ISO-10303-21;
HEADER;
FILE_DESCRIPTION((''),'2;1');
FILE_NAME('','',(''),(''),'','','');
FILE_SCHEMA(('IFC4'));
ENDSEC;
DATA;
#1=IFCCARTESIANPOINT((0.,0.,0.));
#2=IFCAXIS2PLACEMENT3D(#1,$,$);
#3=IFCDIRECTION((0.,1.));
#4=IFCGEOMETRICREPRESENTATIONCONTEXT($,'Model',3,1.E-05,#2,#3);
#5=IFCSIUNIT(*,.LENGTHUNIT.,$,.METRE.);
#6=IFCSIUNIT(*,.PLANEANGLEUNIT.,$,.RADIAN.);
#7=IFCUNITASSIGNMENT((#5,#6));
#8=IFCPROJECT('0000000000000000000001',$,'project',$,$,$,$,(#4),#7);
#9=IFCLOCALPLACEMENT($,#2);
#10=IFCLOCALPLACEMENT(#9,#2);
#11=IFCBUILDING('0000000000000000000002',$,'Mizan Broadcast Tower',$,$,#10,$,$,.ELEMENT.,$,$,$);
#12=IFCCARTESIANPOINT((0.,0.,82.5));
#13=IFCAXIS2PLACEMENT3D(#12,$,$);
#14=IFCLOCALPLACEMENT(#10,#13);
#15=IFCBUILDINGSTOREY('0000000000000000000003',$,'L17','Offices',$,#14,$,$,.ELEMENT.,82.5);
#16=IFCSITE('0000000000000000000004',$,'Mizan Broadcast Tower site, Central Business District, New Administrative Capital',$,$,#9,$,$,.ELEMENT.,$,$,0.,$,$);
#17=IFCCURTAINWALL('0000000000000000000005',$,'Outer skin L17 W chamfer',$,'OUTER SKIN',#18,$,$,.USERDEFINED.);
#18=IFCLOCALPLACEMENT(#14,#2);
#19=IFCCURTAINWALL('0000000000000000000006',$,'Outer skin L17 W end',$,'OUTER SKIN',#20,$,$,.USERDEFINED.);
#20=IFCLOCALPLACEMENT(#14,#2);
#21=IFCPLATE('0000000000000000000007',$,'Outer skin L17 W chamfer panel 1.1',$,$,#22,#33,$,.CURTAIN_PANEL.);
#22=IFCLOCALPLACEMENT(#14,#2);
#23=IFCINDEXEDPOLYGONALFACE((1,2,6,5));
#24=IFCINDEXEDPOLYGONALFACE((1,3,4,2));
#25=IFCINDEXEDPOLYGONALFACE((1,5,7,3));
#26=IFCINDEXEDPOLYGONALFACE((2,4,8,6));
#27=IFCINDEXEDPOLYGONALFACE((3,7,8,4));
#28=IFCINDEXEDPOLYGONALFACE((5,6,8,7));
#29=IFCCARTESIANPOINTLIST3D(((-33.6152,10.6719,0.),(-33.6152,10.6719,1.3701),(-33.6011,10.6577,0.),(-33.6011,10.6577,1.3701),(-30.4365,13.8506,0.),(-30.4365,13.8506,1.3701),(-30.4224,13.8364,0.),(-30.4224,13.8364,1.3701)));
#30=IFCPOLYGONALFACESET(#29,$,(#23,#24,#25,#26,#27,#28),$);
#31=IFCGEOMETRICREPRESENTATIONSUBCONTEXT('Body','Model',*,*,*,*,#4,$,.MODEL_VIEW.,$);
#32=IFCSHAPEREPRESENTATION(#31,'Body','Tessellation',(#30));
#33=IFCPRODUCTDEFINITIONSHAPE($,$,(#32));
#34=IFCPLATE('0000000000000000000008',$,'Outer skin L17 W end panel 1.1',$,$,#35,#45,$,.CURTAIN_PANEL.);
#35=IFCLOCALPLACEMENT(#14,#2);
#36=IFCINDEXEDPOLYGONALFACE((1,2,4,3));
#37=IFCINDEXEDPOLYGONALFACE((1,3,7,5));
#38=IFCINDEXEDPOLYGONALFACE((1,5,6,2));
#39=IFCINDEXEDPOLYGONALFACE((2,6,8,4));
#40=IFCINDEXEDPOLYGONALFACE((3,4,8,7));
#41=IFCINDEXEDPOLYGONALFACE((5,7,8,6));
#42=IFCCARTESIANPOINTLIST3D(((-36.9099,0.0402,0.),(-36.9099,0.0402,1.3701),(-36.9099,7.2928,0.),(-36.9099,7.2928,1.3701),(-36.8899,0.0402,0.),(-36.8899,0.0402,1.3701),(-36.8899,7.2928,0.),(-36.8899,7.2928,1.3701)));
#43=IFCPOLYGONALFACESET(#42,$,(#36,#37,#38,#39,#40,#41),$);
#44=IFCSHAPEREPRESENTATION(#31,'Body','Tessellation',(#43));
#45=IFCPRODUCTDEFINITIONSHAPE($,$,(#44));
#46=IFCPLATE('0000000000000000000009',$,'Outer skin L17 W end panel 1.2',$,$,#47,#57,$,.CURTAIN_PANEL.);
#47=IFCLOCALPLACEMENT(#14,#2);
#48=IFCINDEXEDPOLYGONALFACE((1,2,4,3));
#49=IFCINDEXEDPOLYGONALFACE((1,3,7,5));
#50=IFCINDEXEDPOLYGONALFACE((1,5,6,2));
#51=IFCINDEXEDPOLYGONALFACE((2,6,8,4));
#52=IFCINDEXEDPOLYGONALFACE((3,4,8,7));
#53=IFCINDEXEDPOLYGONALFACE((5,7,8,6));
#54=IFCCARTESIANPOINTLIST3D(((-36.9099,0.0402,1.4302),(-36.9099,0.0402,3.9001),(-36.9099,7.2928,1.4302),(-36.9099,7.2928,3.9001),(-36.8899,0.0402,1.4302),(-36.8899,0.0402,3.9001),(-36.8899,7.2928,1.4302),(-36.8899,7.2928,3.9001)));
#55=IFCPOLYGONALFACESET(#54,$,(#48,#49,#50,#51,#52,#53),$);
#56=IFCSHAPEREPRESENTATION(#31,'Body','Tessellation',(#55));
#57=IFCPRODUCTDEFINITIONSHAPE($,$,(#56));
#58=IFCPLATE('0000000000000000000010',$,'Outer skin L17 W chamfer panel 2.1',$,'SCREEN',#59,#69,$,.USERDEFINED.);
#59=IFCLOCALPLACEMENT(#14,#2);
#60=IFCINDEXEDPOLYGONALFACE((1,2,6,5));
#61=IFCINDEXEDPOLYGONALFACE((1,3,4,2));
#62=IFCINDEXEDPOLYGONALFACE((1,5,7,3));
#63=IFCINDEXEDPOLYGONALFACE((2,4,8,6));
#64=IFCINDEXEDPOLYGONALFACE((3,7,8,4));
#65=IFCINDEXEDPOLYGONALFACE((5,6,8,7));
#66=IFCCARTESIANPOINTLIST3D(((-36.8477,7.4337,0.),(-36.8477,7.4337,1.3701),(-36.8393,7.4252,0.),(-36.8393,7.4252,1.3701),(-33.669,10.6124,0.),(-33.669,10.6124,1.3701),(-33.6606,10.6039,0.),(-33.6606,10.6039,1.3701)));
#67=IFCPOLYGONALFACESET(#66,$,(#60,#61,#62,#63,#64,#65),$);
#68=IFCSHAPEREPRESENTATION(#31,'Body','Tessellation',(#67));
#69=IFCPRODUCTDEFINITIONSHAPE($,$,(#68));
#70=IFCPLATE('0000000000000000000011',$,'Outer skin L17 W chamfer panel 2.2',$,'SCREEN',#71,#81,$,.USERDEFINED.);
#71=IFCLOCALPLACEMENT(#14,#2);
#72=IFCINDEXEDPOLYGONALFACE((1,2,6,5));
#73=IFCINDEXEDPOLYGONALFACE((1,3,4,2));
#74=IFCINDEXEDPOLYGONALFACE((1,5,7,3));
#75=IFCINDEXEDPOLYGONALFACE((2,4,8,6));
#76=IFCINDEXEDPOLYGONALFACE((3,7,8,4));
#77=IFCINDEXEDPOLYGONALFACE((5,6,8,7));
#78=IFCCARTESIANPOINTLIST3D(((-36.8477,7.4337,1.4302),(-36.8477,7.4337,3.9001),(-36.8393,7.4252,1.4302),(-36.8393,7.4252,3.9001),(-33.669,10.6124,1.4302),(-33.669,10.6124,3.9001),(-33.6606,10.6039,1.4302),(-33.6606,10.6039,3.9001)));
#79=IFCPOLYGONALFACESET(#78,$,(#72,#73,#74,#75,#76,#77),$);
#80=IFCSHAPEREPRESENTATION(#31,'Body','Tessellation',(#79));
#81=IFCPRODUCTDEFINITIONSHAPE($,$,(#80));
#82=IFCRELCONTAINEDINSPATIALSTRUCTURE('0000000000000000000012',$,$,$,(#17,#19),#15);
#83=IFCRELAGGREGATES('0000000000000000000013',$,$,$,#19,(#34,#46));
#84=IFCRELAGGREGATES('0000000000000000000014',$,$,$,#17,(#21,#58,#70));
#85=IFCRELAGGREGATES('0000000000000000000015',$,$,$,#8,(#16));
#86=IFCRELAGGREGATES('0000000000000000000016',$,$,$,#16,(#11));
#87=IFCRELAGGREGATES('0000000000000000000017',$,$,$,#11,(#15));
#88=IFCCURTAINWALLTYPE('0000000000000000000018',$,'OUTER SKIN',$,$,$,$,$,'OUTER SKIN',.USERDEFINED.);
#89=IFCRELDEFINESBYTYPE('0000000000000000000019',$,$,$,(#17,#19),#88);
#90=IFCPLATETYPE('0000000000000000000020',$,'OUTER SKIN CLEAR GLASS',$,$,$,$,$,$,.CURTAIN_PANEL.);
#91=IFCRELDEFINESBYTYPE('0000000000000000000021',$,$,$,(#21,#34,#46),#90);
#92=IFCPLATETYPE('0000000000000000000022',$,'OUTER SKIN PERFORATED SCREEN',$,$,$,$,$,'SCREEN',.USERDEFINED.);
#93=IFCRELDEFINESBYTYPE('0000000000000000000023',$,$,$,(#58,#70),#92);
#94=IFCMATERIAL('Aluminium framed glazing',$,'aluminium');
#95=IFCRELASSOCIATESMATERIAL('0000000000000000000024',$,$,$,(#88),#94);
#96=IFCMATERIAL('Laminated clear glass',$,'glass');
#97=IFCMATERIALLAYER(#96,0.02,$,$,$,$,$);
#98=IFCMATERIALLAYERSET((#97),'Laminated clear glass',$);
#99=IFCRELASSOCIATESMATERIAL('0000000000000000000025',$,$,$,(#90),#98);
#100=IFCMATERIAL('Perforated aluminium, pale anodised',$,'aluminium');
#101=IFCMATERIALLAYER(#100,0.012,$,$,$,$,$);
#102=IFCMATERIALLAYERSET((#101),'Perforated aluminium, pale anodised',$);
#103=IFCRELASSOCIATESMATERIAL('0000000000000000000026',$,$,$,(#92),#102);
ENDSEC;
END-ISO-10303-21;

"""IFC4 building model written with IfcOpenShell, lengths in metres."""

from ifc_helpers import new_model, si_unit, direction, frame, origin, origin_2d, place, context, subcontext, project, spatial, rectangle, extrude, material, layer, layer_set, type_object, element, aggregate, save


model = new_model("IFC4")

# Units and contexts
model_context = context("Model", 3, precision=1e-05, world=origin(), true_north=direction((0.0, 1.0)))
body_context = subcontext(model_context, "Body", "Model", "MODEL_VIEW")
ifc_project = project(units=[si_unit("LENGTHUNIT", "METRE"), si_unit("PLANEANGLEUNIT", "RADIAN")], contexts=[model_context])

# Site, building, storey
site_placement = place(None, origin())
site = spatial("IfcSite", under=ifc_project, at=site_placement, Name="Mizan Broadcast Tower site, Central Business District, New Administrative Capital", CompositionType="ELEMENT", RefElevation=0.0)
building_placement = place(site_placement, origin())
building = spatial("IfcBuilding", under=site, at=building_placement, Name="Mizan Broadcast Tower", CompositionType="ELEMENT")
storey_placement = place(building_placement, frame((0.0, 0.0, 82.5)))
storey = spatial("IfcBuildingStorey", under=building, at=storey_placement, Name="L17", Description="Offices", CompositionType="ELEMENT", Elevation=82.5)

# Curtain wall
ifc_material_1 = material(Name="Aluminium framed glazing", Category="aluminium")
curtain_wall_type_1 = type_object("IfcCurtainWallType", Name="OUTER SKIN", ElementType="OUTER SKIN", PredefinedType="USERDEFINED", material=ifc_material_1)
curtain_wall_1_placement = place(storey_placement, origin())
curtain_wall_1 = element("IfcCurtainWall", 1, at=curtain_wall_1_placement, inside=storey, type_object=curtain_wall_type_1, Name="Outer skin L17 W chamfer", ObjectType="OUTER SKIN", PredefinedType="USERDEFINED")

# Curtain wall
curtain_wall_2_placement = place(storey_placement, origin())
curtain_wall_2 = element("IfcCurtainWall", 2, at=curtain_wall_2_placement, inside=storey, type_object=curtain_wall_type_1, Name="Outer skin L17 W end", ObjectType="OUTER SKIN", PredefinedType="USERDEFINED")

# Plates
ifc_material_2 = material(Name="Laminated clear glass", Category="glass")
ifc_layer_1 = layer(ifc_material_2, 0.02)
ifc_layer_set_1 = layer_set([ifc_layer_1], Name="Laminated clear glass")
plate_type_1 = type_object("IfcPlateType", Name="OUTER SKIN CLEAR GLASS", PredefinedType="CURTAIN_PANEL", material=ifc_layer_set_1)
plate_1_placement = place(storey_placement, frame((-32.0188, 12.2542, 0.0), z_axis=(0.0, 0.0, 1.0), x_axis=(-0.707107, -0.707107, 0.0)))
plate_1 = element("IfcPlate", 3, at=plate_1_placement, type_object=plate_type_1, Name="Outer skin L17 W chamfer panel 1.1", PredefinedType="CURTAIN_PANEL", context=body_context, shape_type="SweptSolid", body=[
    extrude(rectangle(XDim=4.4954, YDim=0.02, at=origin_2d()), origin(), (0.0, 0.0, 1.0), 1.3701),
])
plate_2_placement = place(storey_placement, frame((-36.8999, 3.6665, 0.0), z_axis=(0.0, 0.0, 1.0), x_axis=(0.0, -1.0, 0.0)))
plate_2 = element("IfcPlate", 4, at=plate_2_placement, type_object=plate_type_1, Name="Outer skin L17 W end panel 1.1", PredefinedType="CURTAIN_PANEL", context=body_context, shape_type="SweptSolid", body=[
    extrude(rectangle(XDim=7.2527, YDim=0.02, at=origin_2d()), origin(), (0.0, 0.0, 1.0), 1.3701),
])
plate_3_placement = place(storey_placement, frame((-36.8999, 3.6665, 1.4302), z_axis=(0.0, 0.0, 1.0), x_axis=(0.0, -1.0, 0.0)))
plate_3 = element("IfcPlate", 5, at=plate_3_placement, type_object=plate_type_1, Name="Outer skin L17 W end panel 1.2", PredefinedType="CURTAIN_PANEL", context=body_context, shape_type="SweptSolid", body=[
    extrude(rectangle(XDim=7.2527, YDim=0.02, at=origin_2d()), origin(), (0.0, 0.0, 1.0), 2.47),
])
aggregate(curtain_wall_2, [plate_2, plate_3])
ifc_material_3 = material(Name="Perforated aluminium, pale anodised", Category="aluminium")
ifc_layer_2 = layer(ifc_material_3, 0.012)
ifc_layer_set_2 = layer_set([ifc_layer_2], Name="Perforated aluminium, pale anodised")
plate_type_2 = type_object("IfcPlateType", Name="OUTER SKIN PERFORATED SCREEN", ElementType="SCREEN", PredefinedType="USERDEFINED", material=ifc_layer_set_2)
plate_4_placement = place(storey_placement, frame((-35.2542, 9.0188, 0.0), z_axis=(0.0, 0.0, 1.0), x_axis=(-0.707107, -0.707107, 0.0)))
plate_4 = element("IfcPlate", 6, at=plate_4_placement, type_object=plate_type_2, Name="Outer skin L17 W chamfer panel 2.1", ObjectType="SCREEN", PredefinedType="USERDEFINED", context=body_context, shape_type="SweptSolid", body=[
    extrude(rectangle(XDim=4.4954, YDim=0.012, at=origin_2d()), origin(), (0.0, 0.0, 1.0), 1.3701),
])
plate_5_placement = place(storey_placement, frame((-35.2542, 9.0188, 1.4302), z_axis=(0.0, 0.0, 1.0), x_axis=(-0.707107, -0.707107, 0.0)))
plate_5 = element("IfcPlate", 7, at=plate_5_placement, type_object=plate_type_2, Name="Outer skin L17 W chamfer panel 2.2", ObjectType="SCREEN", PredefinedType="USERDEFINED", context=body_context, shape_type="SweptSolid", body=[
    extrude(rectangle(XDim=4.4954, YDim=0.012, at=origin_2d()), origin(), (0.0, 0.0, 1.0), 2.47),
])
aggregate(curtain_wall_1, [plate_1, plate_4, plate_5])

save(model, "model.ifc")
